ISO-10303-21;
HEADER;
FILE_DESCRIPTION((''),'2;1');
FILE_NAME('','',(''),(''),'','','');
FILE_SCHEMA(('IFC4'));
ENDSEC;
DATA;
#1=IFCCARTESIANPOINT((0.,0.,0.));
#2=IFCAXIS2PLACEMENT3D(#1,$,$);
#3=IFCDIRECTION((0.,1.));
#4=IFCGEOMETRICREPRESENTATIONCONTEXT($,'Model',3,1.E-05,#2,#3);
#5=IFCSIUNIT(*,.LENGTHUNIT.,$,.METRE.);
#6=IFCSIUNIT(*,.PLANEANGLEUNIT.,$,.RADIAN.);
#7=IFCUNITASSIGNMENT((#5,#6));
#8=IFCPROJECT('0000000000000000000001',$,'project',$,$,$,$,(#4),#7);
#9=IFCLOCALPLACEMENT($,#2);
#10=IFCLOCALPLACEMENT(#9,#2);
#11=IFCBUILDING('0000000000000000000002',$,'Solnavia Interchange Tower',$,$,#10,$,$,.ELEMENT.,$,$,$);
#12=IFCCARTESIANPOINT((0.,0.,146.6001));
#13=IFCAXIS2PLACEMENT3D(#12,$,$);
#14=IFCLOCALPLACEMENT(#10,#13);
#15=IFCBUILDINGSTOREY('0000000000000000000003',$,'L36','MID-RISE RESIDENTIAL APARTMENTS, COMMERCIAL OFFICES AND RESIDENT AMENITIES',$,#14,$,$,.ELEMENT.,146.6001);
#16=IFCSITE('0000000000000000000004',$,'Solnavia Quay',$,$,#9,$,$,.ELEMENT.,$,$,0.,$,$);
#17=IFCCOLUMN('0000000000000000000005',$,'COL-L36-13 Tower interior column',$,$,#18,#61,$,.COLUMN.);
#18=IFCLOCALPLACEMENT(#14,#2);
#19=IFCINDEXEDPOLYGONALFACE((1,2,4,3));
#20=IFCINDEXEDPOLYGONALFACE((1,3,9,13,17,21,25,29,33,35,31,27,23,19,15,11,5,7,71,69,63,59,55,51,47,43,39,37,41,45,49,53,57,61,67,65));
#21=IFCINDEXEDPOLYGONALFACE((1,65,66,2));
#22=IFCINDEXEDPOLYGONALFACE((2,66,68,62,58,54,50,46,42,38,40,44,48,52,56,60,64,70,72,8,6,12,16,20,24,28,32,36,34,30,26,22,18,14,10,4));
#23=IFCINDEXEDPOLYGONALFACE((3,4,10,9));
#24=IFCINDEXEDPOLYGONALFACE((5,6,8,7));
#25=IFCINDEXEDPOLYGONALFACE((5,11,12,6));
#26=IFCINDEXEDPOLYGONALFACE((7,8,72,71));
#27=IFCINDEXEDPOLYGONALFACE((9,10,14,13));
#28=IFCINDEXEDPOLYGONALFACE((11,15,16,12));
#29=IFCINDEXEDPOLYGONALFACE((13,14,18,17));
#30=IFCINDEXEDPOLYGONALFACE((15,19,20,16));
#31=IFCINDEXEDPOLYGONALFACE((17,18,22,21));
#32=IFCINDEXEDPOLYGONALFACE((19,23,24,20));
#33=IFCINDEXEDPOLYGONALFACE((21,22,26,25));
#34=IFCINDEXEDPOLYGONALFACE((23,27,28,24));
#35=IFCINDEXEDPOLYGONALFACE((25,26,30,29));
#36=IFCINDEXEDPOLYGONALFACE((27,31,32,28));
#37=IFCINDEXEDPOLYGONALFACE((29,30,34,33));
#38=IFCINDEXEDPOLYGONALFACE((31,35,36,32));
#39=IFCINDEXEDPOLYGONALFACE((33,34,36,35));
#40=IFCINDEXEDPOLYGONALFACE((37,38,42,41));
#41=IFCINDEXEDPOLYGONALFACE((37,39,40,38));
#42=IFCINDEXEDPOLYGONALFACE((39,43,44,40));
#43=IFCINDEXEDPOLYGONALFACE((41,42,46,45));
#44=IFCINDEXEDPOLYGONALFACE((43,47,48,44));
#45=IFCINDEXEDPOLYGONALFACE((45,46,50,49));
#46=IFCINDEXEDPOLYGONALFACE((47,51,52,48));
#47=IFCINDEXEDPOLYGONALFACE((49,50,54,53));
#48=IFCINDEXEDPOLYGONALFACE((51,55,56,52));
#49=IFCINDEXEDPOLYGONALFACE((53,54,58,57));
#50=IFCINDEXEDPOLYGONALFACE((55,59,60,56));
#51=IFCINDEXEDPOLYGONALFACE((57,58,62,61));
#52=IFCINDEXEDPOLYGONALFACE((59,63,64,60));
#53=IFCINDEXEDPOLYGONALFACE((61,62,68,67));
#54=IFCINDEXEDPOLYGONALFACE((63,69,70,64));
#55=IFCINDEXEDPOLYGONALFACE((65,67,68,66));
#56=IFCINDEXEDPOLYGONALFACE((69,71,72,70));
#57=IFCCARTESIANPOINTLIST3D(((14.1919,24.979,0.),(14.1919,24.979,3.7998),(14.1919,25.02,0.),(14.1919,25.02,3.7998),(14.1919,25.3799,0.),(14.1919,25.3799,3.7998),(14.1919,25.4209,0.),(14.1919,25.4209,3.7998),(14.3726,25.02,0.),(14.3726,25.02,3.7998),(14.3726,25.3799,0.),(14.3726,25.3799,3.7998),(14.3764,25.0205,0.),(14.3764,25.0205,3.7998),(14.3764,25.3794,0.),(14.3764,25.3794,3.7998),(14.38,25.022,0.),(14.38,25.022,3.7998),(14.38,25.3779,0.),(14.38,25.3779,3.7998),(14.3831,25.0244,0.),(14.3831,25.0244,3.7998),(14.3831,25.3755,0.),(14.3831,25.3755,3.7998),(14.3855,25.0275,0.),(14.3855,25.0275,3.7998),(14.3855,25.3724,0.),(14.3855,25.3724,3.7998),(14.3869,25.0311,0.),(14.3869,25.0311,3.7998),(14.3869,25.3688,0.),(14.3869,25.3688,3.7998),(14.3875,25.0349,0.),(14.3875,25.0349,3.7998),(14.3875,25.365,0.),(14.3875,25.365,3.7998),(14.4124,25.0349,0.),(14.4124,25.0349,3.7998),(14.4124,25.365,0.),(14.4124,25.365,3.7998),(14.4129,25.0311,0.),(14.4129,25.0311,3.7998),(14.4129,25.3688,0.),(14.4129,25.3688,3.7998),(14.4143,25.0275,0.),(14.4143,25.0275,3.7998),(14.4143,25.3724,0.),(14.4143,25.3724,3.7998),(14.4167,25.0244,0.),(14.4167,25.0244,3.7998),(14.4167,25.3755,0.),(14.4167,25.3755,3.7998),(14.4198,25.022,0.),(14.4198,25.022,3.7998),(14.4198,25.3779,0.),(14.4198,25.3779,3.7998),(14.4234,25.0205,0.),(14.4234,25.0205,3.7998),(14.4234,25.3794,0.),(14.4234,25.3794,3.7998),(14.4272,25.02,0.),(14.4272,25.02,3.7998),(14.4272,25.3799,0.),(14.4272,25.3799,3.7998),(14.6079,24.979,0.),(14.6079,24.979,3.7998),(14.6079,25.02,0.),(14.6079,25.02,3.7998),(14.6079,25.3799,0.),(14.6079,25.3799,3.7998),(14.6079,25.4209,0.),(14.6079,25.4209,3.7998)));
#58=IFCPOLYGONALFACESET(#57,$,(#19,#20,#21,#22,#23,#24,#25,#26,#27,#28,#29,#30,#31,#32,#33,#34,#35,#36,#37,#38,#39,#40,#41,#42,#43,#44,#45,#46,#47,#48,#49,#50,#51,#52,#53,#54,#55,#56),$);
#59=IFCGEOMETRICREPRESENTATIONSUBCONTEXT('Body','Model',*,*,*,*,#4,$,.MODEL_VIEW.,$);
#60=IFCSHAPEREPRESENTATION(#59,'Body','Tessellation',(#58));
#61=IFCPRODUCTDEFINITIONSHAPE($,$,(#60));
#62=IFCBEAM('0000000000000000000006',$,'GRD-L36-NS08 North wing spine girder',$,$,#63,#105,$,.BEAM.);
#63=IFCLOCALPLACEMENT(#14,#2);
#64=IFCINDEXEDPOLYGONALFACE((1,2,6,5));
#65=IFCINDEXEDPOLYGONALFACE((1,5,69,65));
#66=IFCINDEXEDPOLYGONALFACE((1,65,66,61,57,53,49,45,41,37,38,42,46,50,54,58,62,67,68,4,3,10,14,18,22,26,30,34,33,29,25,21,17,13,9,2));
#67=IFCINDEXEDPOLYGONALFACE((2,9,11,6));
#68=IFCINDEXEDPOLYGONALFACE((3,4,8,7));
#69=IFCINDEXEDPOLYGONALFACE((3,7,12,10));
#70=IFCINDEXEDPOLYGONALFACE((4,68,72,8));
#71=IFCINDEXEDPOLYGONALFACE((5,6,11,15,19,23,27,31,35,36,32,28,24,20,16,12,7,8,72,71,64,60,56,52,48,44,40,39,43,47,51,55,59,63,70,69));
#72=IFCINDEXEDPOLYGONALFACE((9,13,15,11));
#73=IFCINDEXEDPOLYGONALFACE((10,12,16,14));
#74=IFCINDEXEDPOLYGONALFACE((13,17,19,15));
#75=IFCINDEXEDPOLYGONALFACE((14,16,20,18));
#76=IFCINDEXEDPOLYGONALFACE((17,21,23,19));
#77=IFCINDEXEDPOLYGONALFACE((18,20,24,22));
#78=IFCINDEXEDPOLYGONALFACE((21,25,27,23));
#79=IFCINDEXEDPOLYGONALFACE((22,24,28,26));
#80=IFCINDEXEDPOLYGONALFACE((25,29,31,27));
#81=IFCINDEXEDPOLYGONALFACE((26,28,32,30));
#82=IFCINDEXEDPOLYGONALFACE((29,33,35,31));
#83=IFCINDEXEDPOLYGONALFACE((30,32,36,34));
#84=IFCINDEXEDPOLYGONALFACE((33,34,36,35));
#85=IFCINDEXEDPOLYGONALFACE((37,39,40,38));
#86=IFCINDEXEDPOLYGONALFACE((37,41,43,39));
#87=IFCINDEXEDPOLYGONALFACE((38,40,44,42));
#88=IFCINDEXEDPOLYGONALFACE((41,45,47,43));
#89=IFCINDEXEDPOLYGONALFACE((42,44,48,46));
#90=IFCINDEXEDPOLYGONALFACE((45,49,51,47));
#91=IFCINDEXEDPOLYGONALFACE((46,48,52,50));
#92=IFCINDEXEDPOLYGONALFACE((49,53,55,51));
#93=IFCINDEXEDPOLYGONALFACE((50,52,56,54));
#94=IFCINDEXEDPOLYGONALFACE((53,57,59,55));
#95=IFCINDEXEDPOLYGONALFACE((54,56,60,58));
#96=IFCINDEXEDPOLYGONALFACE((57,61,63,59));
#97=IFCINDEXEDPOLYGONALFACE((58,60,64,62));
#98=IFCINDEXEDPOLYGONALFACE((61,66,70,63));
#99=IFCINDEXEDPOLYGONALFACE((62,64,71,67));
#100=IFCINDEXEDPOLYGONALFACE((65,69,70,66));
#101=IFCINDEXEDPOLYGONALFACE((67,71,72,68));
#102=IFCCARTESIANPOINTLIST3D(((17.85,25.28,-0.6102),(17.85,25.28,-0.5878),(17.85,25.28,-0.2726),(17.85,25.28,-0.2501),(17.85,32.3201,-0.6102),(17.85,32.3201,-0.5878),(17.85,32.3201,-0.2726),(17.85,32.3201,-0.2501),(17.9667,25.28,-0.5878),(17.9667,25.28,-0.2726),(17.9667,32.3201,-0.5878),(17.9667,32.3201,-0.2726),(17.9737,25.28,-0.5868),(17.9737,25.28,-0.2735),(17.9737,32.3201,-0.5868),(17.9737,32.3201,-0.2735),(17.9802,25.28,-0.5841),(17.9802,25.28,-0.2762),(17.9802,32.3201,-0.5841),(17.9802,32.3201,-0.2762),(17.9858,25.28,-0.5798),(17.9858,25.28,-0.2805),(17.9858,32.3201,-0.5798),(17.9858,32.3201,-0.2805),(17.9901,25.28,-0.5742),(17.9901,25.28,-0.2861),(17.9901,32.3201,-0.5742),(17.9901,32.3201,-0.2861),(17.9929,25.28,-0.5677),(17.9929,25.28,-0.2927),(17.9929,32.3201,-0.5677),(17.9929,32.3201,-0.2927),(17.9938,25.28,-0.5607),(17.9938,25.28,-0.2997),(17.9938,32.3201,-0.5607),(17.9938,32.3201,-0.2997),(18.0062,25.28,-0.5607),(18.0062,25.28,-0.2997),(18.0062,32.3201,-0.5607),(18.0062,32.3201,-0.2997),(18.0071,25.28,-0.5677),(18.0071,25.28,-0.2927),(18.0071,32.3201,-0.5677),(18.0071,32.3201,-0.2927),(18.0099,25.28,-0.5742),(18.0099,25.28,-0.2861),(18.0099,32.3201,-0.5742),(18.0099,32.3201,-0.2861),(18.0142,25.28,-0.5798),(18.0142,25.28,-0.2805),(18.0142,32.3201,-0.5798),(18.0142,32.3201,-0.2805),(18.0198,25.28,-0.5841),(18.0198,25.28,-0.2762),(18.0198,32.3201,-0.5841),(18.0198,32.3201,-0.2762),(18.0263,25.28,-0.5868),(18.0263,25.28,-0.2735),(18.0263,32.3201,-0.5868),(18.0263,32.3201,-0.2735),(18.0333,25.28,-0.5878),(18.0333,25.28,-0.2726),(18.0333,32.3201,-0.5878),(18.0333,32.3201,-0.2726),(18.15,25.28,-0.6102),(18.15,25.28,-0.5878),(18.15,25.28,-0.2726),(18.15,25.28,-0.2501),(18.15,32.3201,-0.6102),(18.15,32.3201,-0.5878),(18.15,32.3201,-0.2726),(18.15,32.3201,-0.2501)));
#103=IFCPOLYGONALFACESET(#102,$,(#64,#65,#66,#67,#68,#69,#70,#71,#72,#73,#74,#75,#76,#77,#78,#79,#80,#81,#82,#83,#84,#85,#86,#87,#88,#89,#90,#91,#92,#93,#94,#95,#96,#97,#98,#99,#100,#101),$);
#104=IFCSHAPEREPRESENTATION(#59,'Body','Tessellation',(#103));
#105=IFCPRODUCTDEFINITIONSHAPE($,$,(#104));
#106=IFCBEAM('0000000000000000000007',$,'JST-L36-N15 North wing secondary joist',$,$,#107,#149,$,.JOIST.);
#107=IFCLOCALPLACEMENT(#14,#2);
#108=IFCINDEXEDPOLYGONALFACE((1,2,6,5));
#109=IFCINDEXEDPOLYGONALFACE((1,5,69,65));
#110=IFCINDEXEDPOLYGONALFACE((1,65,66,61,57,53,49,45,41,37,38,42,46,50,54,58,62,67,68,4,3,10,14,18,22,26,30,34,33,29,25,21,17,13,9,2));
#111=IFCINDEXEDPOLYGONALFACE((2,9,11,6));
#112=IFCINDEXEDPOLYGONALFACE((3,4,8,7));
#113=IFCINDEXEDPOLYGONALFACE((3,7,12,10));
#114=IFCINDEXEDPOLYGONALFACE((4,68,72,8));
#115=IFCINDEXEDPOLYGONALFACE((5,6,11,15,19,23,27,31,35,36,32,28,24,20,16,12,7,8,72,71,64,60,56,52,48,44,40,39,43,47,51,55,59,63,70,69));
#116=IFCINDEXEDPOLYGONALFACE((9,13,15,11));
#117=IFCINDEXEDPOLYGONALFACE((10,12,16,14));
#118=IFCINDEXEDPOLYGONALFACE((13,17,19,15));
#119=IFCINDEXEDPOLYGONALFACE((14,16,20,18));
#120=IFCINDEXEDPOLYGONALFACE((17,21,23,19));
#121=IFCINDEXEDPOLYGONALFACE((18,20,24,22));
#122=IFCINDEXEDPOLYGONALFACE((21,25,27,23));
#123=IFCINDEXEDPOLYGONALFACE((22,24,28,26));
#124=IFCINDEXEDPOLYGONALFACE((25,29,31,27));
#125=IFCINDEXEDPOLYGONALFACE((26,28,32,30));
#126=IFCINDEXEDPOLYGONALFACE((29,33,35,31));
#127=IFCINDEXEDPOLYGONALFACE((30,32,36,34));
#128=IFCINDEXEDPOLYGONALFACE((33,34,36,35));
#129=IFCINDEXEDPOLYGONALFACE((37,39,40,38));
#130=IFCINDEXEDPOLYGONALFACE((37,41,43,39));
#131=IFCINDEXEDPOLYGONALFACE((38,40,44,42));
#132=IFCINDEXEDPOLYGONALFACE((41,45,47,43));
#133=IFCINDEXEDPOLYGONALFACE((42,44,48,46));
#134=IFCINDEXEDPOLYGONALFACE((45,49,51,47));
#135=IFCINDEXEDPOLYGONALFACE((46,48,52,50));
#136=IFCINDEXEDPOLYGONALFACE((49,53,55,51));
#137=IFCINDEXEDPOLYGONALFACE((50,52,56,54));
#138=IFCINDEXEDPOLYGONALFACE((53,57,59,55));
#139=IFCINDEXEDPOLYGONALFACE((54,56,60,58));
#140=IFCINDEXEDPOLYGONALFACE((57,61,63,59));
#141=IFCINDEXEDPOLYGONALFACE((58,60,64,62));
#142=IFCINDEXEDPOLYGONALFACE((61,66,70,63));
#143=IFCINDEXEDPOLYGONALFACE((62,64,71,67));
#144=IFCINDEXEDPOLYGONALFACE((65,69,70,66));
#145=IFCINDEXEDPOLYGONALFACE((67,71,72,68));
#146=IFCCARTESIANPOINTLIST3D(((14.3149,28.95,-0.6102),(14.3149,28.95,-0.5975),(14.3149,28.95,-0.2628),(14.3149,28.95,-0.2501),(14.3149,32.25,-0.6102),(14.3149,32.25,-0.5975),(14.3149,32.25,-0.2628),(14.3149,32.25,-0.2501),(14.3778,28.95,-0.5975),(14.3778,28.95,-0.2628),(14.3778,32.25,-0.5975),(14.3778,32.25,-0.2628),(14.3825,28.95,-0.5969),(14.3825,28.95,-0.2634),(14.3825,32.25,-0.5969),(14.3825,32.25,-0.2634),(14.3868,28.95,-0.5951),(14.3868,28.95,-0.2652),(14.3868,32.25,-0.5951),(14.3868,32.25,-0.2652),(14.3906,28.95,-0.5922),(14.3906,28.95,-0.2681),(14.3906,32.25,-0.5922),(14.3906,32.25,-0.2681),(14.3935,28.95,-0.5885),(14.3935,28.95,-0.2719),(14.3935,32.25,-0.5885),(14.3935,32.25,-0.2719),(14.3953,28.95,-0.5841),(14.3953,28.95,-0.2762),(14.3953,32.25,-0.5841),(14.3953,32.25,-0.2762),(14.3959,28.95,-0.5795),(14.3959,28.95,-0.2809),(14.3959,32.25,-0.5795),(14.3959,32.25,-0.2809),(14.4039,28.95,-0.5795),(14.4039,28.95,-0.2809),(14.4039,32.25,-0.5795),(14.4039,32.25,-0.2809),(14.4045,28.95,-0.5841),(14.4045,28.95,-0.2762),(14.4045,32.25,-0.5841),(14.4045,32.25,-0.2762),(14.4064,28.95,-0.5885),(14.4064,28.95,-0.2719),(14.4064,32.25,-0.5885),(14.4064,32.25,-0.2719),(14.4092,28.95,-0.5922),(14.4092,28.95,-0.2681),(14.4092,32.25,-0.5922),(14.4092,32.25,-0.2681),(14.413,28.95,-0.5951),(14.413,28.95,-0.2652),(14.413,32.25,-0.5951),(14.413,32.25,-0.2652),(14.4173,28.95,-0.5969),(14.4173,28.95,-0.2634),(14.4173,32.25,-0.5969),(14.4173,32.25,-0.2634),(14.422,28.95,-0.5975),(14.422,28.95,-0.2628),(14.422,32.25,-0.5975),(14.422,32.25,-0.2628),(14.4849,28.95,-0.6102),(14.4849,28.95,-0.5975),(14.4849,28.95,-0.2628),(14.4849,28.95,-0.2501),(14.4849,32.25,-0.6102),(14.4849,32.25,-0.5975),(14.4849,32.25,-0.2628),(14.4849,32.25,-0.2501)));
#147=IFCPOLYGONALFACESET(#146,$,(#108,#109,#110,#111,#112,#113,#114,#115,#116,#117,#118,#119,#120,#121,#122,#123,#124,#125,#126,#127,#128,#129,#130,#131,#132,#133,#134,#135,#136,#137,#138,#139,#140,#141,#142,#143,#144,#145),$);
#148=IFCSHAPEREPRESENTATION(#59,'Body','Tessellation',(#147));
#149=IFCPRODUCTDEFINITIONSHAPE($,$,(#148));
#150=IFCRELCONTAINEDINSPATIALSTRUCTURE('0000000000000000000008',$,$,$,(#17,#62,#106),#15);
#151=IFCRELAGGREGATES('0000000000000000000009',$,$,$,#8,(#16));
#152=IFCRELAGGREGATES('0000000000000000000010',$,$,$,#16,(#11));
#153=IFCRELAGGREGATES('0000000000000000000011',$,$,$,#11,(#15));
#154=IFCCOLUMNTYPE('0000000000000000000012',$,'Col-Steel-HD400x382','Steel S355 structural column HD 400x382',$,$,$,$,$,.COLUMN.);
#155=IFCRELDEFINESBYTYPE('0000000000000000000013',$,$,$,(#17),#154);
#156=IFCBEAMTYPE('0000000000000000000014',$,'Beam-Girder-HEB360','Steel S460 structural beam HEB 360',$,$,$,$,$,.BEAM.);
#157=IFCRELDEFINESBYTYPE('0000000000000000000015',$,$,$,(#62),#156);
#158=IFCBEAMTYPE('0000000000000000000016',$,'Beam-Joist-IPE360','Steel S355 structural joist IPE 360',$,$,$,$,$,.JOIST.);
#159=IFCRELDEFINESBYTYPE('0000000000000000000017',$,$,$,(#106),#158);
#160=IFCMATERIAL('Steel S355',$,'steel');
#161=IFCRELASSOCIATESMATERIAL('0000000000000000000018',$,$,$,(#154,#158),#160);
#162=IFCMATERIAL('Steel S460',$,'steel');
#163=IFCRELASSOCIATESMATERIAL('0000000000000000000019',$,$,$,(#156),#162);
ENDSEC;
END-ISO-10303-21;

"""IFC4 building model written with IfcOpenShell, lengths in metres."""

from ifc_helpers import new_model, si_unit, direction, frame, origin, origin_2d, place, context, subcontext, project, spatial, i_section, extrude, material, material_profile, profile_set, type_object, element, save


model = new_model("IFC4")

# Units and contexts
model_context = context("Model", 3, precision=1e-05, world=origin(), true_north=direction((0.0, 1.0)))
body_context = subcontext(model_context, "Body", "Model", "MODEL_VIEW")
ifc_project = project(units=[si_unit("LENGTHUNIT", "METRE"), si_unit("PLANEANGLEUNIT", "RADIAN")], contexts=[model_context])

# Site, building, storey
site_placement = place(None, origin())
site = spatial("IfcSite", under=ifc_project, at=site_placement, Name="Solnavia Quay", CompositionType="ELEMENT", RefElevation=0.0)
building_placement = place(site_placement, origin())
building = spatial("IfcBuilding", under=site, at=building_placement, Name="Solnavia Interchange Tower", CompositionType="ELEMENT")
storey_placement = place(building_placement, frame((0.0, 0.0, 146.6001)))
storey = spatial("IfcBuildingStorey", under=building, at=storey_placement, Name="L36", Description="MID-RISE RESIDENTIAL APARTMENTS, COMMERCIAL OFFICES AND RESIDENT AMENITIES", CompositionType="ELEMENT", Elevation=146.6001)

# Column
ifc_material_1 = material(Name="Steel S355", Category="steel")
ifc_material_profile_1 = material_profile(ifc_material_1, i_section(OverallWidth=0.416, OverallDepth=0.4419, WebThickness=0.0249, FlangeThickness=0.041, FilletRadius=0.0149, at=origin_2d()), Name="HD 400x382")
ifc_profile_set_1 = profile_set([ifc_material_profile_1], Name="Steel S355")
column_type = type_object("IfcColumnType", Name="Col-Steel-HD400x382", Description="Steel S355 structural column HD 400x382", PredefinedType="COLUMN", material=ifc_profile_set_1)
column_placement = place(storey_placement, frame((14.3999, 25.2, 0.0), z_axis=(0.0, 0.0, 1.0), x_axis=(1.0, 0.0, 0.0)))
element("IfcColumn", 1, at=column_placement, inside=storey, type_object=column_type, Name="COL-L36-13 Tower interior column", PredefinedType="COLUMN", context=body_context, shape_type="SweptSolid", body=[
    extrude(i_section(OverallWidth=0.416, OverallDepth=0.4419, WebThickness=0.0249, FlangeThickness=0.041, FilletRadius=0.0149, at=origin_2d()), origin(), (0.0, 0.0, 1.0), 3.7998),
])

# Beams
ifc_material_2 = material(Name="Steel S460", Category="steel")
ifc_material_profile_2 = material_profile(ifc_material_2, i_section(OverallWidth=0.3, OverallDepth=0.3601, WebThickness=0.0125, FlangeThickness=0.0225, FilletRadius=0.0271, at=origin_2d()), Name="HEB 360")
ifc_profile_set_2 = profile_set([ifc_material_profile_2], Name="Steel S460")
beam_type_1 = type_object("IfcBeamType", Name="Beam-Girder-HEB360", Description="Steel S460 structural beam HEB 360", PredefinedType="BEAM", material=ifc_profile_set_2)
beam_1_placement = place(storey_placement, frame((18.0, 25.28, -0.4302), z_axis=(0.0, 1.0, 0.0), x_axis=(-1.0, 0.0, 0.0)))
element("IfcBeam", 2, at=beam_1_placement, inside=storey, type_object=beam_type_1, Name="GRD-L36-NS08 North wing spine girder", PredefinedType="BEAM", context=body_context, shape_type="SweptSolid", body=[
    extrude(i_section(OverallWidth=0.3, OverallDepth=0.3601, WebThickness=0.0125, FlangeThickness=0.0225, FilletRadius=0.0271, at=origin_2d()), origin(), (0.0, 0.0, 1.0), 7.04),
])
ifc_material_profile_3 = material_profile(ifc_material_1, i_section(OverallWidth=0.1699, OverallDepth=0.3601, WebThickness=0.0081, FlangeThickness=0.0127, FilletRadius=0.0181, at=origin_2d()), Name="IPE 360")
ifc_profile_set_3 = profile_set([ifc_material_profile_3], Name="Steel S355")
beam_type_2 = type_object("IfcBeamType", Name="Beam-Joist-IPE360", Description="Steel S355 structural joist IPE 360", PredefinedType="JOIST", material=ifc_profile_set_3)
beam_2_placement = place(storey_placement, frame((14.3999, 28.95, -0.4302), z_axis=(0.0, 1.0, 0.0), x_axis=(-1.0, 0.0, 0.0)))
element("IfcBeam", 3, at=beam_2_placement, inside=storey, type_object=beam_type_2, Name="JST-L36-N15 North wing secondary joist", PredefinedType="JOIST", context=body_context, shape_type="SweptSolid", body=[
    extrude(i_section(OverallWidth=0.1699, OverallDepth=0.3601, WebThickness=0.0081, FlangeThickness=0.0127, FilletRadius=0.0181, at=origin_2d()), origin(), (0.0, 0.0, 1.0), 3.3),
])

save(model, "model.ifc")
